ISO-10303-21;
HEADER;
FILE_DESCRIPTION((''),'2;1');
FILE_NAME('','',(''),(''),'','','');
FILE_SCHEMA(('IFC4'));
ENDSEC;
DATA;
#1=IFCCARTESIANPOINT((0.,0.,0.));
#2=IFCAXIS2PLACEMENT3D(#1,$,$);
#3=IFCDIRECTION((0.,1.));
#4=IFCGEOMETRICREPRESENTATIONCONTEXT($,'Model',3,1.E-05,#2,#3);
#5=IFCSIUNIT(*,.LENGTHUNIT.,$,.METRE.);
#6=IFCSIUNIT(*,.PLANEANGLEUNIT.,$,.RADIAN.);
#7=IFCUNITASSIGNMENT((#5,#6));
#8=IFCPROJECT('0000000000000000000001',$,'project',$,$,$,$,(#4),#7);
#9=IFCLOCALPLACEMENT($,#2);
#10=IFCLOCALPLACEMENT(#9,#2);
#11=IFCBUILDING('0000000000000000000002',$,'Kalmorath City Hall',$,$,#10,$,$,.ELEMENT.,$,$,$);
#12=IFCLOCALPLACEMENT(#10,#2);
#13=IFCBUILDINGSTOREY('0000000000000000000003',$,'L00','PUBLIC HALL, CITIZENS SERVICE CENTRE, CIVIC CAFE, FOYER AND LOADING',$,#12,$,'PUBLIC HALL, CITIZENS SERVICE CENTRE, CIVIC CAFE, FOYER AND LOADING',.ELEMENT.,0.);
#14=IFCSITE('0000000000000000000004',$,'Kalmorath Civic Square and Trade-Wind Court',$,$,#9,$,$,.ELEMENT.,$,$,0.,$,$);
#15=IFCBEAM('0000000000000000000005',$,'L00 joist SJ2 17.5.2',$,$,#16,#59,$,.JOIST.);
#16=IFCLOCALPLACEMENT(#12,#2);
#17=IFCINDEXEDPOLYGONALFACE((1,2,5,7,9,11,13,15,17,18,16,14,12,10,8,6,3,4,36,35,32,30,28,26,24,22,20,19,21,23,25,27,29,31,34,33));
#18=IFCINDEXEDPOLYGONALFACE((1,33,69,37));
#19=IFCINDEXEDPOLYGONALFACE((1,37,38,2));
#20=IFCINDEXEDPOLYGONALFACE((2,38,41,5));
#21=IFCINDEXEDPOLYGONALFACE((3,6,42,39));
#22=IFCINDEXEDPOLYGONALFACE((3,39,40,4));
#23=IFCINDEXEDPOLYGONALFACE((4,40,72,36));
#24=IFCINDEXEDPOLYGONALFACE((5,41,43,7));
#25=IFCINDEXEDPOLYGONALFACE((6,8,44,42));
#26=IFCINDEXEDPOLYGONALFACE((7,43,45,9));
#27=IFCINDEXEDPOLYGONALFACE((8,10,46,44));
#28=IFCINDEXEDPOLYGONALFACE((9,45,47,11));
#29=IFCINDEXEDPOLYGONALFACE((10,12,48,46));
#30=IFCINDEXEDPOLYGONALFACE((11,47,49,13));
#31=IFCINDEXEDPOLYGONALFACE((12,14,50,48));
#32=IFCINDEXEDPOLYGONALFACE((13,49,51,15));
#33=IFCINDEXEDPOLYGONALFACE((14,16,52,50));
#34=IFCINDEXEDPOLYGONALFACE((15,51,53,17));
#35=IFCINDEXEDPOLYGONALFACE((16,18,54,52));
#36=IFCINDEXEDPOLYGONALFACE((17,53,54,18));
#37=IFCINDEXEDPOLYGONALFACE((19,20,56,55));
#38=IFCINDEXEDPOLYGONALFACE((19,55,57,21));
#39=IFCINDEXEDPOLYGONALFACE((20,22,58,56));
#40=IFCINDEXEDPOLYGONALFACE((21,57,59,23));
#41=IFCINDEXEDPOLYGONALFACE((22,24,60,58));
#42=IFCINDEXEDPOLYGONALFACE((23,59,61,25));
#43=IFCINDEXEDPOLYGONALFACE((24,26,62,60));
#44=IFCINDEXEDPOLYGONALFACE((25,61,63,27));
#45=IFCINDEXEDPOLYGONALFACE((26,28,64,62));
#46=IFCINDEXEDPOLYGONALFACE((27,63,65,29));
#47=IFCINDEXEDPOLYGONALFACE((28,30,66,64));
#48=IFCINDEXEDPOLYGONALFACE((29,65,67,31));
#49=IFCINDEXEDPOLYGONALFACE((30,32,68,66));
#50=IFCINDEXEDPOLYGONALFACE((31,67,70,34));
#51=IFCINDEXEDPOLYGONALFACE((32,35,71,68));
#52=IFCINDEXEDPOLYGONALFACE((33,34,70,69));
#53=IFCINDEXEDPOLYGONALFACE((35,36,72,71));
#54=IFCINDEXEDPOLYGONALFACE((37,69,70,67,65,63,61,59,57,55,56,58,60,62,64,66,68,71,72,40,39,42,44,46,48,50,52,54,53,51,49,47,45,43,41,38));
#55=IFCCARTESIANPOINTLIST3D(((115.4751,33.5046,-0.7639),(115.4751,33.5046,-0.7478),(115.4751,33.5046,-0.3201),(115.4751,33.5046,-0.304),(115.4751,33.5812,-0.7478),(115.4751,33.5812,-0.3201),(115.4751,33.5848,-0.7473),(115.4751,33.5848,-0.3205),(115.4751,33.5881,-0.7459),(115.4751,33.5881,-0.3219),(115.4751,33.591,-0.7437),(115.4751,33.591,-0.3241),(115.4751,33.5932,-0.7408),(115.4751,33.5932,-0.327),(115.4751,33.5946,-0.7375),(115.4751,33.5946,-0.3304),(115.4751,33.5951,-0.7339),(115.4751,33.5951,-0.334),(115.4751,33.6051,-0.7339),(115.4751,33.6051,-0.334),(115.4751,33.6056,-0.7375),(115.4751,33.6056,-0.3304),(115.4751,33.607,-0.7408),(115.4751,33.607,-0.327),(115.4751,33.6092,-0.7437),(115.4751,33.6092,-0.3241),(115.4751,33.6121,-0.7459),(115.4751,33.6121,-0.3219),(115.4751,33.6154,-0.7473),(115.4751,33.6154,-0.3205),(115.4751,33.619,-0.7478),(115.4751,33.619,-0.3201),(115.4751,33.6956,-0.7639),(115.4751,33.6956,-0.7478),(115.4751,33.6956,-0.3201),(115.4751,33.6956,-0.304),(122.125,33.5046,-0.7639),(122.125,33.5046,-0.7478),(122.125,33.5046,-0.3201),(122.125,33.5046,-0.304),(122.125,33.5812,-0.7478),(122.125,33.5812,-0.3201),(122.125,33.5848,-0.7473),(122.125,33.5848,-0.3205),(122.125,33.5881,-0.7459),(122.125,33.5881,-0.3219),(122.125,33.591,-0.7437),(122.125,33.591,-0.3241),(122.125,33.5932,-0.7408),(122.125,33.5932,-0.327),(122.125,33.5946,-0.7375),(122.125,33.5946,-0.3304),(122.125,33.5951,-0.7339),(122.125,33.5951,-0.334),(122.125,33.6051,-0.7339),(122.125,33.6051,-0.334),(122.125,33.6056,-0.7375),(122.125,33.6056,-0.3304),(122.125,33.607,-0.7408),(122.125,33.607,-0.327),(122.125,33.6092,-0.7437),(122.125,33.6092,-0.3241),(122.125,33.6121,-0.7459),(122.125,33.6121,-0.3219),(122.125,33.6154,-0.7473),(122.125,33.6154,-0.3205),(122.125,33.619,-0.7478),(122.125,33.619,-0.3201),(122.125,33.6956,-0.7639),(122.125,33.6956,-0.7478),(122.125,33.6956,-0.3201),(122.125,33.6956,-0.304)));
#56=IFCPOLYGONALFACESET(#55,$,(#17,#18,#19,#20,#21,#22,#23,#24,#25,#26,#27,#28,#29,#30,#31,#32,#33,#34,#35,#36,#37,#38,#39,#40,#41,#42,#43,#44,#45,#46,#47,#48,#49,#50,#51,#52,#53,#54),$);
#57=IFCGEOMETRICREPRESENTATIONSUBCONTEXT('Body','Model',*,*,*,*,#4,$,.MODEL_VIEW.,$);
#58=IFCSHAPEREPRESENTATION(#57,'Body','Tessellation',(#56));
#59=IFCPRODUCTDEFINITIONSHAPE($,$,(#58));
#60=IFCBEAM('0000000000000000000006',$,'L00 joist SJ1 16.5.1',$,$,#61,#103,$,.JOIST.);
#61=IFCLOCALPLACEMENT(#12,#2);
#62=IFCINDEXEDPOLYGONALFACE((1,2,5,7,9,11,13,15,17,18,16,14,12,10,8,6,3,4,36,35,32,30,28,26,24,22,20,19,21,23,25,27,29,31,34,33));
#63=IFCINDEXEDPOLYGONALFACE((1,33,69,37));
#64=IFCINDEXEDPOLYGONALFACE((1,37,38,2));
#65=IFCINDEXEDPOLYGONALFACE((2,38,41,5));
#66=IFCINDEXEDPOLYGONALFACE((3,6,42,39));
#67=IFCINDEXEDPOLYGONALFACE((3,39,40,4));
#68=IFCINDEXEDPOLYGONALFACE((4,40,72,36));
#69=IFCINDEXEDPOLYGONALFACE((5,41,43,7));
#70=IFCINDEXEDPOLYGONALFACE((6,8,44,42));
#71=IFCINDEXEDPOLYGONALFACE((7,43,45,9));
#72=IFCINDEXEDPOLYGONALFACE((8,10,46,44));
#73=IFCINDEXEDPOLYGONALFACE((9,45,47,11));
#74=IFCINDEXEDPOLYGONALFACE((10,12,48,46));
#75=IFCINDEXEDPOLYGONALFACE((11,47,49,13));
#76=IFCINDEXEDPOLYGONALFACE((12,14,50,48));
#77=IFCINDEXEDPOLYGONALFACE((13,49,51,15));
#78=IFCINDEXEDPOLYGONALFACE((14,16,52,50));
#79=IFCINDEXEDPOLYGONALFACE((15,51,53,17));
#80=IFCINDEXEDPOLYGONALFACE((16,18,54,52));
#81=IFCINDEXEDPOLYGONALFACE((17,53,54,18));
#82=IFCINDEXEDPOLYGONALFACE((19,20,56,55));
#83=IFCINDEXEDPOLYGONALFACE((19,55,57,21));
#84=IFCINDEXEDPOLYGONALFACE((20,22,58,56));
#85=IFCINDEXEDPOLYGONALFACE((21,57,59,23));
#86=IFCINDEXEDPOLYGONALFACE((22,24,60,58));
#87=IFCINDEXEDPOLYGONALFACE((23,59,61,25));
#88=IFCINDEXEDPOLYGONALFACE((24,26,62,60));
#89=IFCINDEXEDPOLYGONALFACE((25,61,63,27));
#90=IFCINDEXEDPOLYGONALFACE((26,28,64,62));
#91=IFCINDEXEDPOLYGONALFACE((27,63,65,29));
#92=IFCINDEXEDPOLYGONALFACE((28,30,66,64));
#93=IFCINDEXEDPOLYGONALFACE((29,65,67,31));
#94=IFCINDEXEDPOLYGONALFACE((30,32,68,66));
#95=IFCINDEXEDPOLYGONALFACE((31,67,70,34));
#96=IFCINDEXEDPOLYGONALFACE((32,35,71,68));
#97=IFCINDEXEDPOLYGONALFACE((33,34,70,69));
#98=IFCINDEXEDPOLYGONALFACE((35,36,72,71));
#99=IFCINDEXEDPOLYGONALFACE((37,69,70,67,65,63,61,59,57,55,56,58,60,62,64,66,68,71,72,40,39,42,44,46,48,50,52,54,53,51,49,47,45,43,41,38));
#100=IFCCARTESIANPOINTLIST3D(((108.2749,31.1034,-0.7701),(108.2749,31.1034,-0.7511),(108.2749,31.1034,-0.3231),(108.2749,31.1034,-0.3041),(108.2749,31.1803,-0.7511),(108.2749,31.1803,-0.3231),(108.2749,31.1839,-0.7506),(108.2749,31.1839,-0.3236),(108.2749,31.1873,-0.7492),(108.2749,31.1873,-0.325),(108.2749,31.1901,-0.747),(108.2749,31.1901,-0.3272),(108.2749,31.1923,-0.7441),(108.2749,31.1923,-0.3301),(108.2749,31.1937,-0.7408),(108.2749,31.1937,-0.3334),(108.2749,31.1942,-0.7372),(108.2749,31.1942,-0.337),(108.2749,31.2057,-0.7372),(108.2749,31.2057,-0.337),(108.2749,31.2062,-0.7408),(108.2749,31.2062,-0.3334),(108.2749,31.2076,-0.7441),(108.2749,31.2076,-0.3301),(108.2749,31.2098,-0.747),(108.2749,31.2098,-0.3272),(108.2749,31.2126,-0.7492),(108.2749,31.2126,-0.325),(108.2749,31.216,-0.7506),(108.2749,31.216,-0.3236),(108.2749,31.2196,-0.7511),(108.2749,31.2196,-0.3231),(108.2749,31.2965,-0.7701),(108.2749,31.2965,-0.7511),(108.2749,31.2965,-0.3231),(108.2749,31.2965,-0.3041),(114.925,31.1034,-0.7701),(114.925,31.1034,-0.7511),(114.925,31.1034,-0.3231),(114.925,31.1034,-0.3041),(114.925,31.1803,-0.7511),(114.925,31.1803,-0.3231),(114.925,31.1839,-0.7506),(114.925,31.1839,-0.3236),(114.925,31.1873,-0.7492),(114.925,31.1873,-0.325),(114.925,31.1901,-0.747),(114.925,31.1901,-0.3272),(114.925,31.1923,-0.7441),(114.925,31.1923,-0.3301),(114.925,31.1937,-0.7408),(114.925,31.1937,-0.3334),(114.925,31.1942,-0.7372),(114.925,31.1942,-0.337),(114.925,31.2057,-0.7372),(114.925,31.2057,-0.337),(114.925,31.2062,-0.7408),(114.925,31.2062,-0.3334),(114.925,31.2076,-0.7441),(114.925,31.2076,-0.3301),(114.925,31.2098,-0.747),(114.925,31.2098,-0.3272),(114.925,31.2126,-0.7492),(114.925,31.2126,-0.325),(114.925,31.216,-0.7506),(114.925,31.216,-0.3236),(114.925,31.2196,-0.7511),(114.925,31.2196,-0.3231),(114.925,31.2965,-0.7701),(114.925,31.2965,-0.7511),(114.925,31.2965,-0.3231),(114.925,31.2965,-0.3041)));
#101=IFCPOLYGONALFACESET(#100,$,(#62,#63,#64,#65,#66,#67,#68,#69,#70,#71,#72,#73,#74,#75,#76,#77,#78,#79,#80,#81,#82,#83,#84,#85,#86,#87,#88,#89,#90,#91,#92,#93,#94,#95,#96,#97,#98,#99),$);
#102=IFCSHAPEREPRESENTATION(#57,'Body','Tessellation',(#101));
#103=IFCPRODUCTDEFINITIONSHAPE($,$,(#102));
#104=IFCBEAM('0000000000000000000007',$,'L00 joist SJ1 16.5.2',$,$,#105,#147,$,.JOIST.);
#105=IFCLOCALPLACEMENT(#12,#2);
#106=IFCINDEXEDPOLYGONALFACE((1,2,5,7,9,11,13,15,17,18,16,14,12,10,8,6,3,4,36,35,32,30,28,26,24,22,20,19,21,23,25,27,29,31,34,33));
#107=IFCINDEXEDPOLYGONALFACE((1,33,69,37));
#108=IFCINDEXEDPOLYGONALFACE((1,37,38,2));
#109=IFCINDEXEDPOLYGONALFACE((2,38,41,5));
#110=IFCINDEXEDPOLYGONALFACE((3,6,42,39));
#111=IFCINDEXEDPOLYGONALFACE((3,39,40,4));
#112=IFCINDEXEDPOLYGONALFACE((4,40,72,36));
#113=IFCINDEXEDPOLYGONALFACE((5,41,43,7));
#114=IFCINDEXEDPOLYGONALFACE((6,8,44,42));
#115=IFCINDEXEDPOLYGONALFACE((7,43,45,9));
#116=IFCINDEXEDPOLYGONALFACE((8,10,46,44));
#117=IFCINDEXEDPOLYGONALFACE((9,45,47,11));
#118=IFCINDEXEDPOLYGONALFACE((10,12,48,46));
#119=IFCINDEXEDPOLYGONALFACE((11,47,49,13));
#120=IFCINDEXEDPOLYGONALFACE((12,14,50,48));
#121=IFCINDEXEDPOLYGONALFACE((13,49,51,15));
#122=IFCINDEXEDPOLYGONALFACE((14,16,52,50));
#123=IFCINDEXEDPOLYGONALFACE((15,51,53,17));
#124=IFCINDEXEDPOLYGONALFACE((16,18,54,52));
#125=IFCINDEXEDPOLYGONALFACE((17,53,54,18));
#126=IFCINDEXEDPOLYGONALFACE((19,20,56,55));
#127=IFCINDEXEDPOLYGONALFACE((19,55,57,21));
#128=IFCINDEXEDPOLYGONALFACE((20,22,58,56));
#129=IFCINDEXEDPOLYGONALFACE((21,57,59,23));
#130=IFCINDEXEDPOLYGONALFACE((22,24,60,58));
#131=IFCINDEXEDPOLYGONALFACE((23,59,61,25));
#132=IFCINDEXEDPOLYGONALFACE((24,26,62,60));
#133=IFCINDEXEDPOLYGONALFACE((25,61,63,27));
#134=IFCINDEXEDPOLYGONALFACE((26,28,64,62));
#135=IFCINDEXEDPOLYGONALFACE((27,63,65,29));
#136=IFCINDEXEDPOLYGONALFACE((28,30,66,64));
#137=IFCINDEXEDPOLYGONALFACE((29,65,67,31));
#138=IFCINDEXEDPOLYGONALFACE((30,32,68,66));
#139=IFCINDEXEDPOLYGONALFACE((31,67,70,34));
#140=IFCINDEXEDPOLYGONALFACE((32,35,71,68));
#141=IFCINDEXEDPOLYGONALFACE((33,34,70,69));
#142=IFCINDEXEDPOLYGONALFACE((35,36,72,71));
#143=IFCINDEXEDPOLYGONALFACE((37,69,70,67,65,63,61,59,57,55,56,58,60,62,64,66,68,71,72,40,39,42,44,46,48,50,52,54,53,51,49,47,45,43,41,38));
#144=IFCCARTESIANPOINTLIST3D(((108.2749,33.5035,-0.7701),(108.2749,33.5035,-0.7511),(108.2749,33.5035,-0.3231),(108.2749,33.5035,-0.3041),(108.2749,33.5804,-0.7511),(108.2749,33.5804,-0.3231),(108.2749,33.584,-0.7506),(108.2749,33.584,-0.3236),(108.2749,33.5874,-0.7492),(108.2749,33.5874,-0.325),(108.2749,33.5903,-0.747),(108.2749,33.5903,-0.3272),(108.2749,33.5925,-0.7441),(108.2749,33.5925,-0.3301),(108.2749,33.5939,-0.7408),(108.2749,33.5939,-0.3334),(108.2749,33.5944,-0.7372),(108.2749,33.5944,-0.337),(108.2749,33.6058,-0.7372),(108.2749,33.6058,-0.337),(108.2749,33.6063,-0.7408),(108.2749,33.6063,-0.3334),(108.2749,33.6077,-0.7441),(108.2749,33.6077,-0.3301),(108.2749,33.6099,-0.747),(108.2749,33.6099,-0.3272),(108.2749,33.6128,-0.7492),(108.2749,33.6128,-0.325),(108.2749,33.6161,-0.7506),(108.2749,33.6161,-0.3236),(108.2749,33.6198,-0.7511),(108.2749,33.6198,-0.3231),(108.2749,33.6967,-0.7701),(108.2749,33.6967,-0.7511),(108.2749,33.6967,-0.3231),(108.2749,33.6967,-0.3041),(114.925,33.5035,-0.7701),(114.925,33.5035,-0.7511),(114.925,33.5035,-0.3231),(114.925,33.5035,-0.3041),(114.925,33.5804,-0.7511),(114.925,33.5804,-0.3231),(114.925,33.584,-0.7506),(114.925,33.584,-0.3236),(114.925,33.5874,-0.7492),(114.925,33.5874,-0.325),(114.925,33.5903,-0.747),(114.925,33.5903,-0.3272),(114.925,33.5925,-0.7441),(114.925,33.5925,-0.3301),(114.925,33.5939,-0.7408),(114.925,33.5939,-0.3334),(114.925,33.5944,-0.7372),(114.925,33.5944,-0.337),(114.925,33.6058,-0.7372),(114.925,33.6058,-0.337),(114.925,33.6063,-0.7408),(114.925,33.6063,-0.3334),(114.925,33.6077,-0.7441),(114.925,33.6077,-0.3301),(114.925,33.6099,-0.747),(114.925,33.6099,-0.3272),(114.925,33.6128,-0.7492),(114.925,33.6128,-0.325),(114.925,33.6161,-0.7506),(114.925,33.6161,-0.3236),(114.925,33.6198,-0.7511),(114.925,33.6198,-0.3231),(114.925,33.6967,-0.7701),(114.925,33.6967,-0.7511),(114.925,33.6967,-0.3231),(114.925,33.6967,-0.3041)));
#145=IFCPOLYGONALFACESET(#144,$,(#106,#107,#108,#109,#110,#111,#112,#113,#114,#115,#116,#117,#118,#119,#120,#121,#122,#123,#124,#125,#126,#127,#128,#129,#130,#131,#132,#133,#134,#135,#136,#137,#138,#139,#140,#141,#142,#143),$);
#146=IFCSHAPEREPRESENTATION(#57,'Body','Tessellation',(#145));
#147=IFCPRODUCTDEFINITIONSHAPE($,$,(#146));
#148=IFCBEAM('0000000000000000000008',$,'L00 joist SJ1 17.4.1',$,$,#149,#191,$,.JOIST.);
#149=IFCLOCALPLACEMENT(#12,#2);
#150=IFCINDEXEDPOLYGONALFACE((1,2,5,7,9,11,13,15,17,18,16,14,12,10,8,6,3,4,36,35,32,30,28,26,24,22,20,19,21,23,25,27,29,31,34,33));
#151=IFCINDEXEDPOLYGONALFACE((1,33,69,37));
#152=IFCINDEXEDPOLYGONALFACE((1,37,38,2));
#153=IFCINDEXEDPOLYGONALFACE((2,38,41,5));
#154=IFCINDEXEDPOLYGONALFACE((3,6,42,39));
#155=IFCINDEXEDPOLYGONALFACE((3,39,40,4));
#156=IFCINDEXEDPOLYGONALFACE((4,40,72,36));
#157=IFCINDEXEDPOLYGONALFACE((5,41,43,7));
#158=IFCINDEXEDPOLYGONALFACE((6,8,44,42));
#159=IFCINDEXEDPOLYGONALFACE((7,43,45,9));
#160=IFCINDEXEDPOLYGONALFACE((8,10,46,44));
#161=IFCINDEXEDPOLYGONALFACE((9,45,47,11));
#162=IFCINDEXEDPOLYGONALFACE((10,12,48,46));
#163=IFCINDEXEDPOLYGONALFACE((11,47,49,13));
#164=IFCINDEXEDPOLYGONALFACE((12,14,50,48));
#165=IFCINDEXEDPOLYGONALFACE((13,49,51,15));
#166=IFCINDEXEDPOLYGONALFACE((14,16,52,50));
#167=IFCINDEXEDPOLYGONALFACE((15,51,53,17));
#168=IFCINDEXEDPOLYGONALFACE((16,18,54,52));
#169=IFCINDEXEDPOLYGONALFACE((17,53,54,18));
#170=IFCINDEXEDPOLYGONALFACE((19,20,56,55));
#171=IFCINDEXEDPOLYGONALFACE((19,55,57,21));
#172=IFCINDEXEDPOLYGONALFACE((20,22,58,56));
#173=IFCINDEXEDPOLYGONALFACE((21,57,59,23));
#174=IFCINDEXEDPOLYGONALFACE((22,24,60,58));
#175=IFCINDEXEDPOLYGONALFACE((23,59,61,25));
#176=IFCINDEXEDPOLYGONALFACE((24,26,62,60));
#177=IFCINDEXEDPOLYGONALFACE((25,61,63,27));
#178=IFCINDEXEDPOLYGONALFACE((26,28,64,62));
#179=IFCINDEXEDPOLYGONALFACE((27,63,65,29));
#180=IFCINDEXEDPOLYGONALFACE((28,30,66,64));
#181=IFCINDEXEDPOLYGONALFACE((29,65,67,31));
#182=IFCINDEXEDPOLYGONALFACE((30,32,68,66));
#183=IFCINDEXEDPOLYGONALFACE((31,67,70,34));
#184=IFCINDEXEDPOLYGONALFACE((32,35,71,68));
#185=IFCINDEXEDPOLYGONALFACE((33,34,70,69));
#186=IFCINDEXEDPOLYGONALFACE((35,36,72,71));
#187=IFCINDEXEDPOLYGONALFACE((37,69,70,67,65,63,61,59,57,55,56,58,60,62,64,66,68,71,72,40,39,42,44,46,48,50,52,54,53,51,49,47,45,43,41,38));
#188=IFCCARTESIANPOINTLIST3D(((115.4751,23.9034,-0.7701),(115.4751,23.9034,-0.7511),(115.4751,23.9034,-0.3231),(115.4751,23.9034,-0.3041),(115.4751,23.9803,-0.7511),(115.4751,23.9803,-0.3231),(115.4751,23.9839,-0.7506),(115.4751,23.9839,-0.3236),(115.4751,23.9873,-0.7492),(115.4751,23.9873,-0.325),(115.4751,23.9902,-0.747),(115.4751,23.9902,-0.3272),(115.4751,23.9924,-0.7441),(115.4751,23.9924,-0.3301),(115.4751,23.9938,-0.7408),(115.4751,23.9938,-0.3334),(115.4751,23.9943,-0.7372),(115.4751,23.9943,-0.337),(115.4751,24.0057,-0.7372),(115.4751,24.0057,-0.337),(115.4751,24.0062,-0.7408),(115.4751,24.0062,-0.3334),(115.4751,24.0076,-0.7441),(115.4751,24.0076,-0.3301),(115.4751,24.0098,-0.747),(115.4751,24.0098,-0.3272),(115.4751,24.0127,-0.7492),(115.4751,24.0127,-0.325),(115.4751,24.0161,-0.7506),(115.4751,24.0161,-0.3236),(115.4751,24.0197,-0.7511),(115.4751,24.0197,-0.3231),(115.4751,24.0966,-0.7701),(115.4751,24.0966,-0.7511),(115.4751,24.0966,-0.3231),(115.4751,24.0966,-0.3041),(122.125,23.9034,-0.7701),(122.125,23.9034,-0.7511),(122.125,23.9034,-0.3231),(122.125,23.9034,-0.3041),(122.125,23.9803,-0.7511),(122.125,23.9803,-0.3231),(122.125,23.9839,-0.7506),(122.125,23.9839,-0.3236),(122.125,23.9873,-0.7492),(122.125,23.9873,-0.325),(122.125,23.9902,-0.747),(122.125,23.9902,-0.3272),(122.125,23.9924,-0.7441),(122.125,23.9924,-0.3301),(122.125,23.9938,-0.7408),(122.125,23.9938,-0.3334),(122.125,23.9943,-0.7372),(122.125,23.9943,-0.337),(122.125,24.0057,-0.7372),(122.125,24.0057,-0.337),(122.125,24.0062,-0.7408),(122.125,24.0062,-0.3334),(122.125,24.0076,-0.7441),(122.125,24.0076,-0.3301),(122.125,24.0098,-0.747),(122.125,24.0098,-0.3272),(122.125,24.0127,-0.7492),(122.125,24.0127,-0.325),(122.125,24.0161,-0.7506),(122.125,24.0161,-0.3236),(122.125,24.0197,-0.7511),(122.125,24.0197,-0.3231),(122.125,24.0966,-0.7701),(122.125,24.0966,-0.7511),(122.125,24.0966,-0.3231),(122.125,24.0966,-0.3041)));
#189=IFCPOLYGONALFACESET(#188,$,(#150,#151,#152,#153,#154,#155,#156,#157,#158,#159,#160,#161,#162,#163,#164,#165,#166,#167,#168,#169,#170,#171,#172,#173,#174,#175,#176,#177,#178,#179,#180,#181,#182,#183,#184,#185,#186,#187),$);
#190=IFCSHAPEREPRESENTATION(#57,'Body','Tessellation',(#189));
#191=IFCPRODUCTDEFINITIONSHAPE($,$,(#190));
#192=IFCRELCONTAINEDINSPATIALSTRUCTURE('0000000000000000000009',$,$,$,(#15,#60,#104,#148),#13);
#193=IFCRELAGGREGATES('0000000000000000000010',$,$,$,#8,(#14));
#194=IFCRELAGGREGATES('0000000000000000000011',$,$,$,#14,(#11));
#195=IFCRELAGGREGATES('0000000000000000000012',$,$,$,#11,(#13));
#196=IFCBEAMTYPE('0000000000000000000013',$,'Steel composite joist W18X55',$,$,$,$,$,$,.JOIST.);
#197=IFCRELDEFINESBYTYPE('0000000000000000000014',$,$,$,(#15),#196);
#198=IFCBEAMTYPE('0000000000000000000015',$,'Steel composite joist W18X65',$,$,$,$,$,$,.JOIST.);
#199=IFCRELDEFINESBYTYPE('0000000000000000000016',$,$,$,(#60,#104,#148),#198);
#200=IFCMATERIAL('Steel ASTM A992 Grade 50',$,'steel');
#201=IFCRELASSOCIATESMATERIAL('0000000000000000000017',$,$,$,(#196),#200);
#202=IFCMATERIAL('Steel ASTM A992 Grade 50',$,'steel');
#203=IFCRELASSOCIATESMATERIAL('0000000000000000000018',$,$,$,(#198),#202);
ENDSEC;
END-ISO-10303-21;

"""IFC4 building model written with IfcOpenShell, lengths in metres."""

from ifc_helpers import new_model, si_unit, direction, frame, origin, origin_2d, place, context, subcontext, project, spatial, i_section, extrude, material, material_profile, profile_set, type_object, element, save


model = new_model("IFC4")

# Units and contexts
model_context = context("Model", 3, precision=1e-05, world=origin(), true_north=direction((0.0, 1.0)))
body_context = subcontext(model_context, "Body", "Model", "MODEL_VIEW")
ifc_project = project(units=[si_unit("LENGTHUNIT", "METRE"), si_unit("PLANEANGLEUNIT", "RADIAN")], contexts=[model_context])

# Site, building, storey
site_placement = place(None, origin())
site = spatial("IfcSite", under=ifc_project, at=site_placement, Name="Kalmorath Civic Square and Trade-Wind Court", CompositionType="ELEMENT", RefElevation=0.0)
building_placement = place(site_placement, origin())
building = spatial("IfcBuilding", under=site, at=building_placement, Name="Kalmorath City Hall", CompositionType="ELEMENT")
storey_placement = place(building_placement, origin())
storey = spatial("IfcBuildingStorey", under=building, at=storey_placement, Name="L00", Description="PUBLIC HALL, CITIZENS SERVICE CENTRE, CIVIC CAFE, FOYER AND LOADING", LongName="PUBLIC HALL, CITIZENS SERVICE CENTRE, CIVIC CAFE, FOYER AND LOADING", CompositionType="ELEMENT", Elevation=0.0)

# Beams
ifc_material_1 = material(Name="Steel ASTM A992 Grade 50", Category="steel")
ifc_material_profile_1 = material_profile(ifc_material_1, i_section(OverallWidth=0.1909, OverallDepth=0.46, WebThickness=0.01, FlangeThickness=0.0161, FilletRadius=0.0139, at=origin_2d()), Name="W18X55")
ifc_profile_set_1 = profile_set([ifc_material_profile_1], Name="Steel ASTM A992 Grade 50")
beam_type_1 = type_object("IfcBeamType", Name="Steel composite joist W18X55", PredefinedType="JOIST", material=ifc_profile_set_1)
for number, where, z_axis, x_axis, name in (
    (1, (115.4751, 33.6001, -0.5339), (1.0, 0.0, 0.0), (0.0, 1.0, 0.0), "L00 joist SJ2 17.5.2"),
):
    element("IfcBeam", number, at=place(storey_placement, frame(where, z_axis=z_axis, x_axis=x_axis)), inside=storey, type_object=beam_type_1, Name=name, PredefinedType="JOIST", context=body_context, shape_type="SweptSolid", body=[
        extrude(i_section(OverallWidth=0.1909, OverallDepth=0.46, WebThickness=0.01, FlangeThickness=0.0161, FilletRadius=0.0139, at=origin_2d()), origin(), (0.0, 0.0, 1.0), 6.6499),
    ])
ifc_material_2 = material(Name="Steel ASTM A992 Grade 50", Category="steel")
ifc_material_profile_2 = material_profile(ifc_material_2, i_section(OverallWidth=0.1931, OverallDepth=0.4661, WebThickness=0.0115, FlangeThickness=0.019, FilletRadius=0.0139, at=origin_2d()), Name="W18X65")
ifc_profile_set_2 = profile_set([ifc_material_profile_2], Name="Steel ASTM A992 Grade 50")
beam_type_2 = type_object("IfcBeamType", Name="Steel composite joist W18X65", PredefinedType="JOIST", material=ifc_profile_set_2)
for number, where, z_axis, x_axis, name in (
    (2, (108.2749, 31.2, -0.5371), (1.0, 0.0, 0.0), (0.0, 1.0, 0.0), "L00 joist SJ1 16.5.1"),
    (3, (108.2749, 33.6001, -0.5371), (1.0, 0.0, 0.0), (0.0, 1.0, 0.0), "L00 joist SJ1 16.5.2"),
):
    element("IfcBeam", number, at=place(storey_placement, frame(where, z_axis=z_axis, x_axis=x_axis)), inside=storey, type_object=beam_type_2, Name=name, PredefinedType="JOIST", context=body_context, shape_type="SweptSolid", body=[
        extrude(i_section(OverallWidth=0.1931, OverallDepth=0.4661, WebThickness=0.0115, FlangeThickness=0.019, FilletRadius=0.0139, at=origin_2d()), origin(), (0.0, 0.0, 1.0), 6.6501),
    ])
for number, where, z_axis, x_axis, name in (
    (4, (115.4751, 24.0, -0.5371), (1.0, 0.0, 0.0), (0.0, 1.0, 0.0), "L00 joist SJ1 17.4.1"),
):
    element("IfcBeam", number, at=place(storey_placement, frame(where, z_axis=z_axis, x_axis=x_axis)), inside=storey, type_object=beam_type_2, Name=name, PredefinedType="JOIST", context=body_context, shape_type="SweptSolid", body=[
        extrude(i_section(OverallWidth=0.1931, OverallDepth=0.4661, WebThickness=0.0115, FlangeThickness=0.019, FilletRadius=0.0139, at=origin_2d()), origin(), (0.0, 0.0, 1.0), 6.6499),
    ])

save(model, "model.ifc")
